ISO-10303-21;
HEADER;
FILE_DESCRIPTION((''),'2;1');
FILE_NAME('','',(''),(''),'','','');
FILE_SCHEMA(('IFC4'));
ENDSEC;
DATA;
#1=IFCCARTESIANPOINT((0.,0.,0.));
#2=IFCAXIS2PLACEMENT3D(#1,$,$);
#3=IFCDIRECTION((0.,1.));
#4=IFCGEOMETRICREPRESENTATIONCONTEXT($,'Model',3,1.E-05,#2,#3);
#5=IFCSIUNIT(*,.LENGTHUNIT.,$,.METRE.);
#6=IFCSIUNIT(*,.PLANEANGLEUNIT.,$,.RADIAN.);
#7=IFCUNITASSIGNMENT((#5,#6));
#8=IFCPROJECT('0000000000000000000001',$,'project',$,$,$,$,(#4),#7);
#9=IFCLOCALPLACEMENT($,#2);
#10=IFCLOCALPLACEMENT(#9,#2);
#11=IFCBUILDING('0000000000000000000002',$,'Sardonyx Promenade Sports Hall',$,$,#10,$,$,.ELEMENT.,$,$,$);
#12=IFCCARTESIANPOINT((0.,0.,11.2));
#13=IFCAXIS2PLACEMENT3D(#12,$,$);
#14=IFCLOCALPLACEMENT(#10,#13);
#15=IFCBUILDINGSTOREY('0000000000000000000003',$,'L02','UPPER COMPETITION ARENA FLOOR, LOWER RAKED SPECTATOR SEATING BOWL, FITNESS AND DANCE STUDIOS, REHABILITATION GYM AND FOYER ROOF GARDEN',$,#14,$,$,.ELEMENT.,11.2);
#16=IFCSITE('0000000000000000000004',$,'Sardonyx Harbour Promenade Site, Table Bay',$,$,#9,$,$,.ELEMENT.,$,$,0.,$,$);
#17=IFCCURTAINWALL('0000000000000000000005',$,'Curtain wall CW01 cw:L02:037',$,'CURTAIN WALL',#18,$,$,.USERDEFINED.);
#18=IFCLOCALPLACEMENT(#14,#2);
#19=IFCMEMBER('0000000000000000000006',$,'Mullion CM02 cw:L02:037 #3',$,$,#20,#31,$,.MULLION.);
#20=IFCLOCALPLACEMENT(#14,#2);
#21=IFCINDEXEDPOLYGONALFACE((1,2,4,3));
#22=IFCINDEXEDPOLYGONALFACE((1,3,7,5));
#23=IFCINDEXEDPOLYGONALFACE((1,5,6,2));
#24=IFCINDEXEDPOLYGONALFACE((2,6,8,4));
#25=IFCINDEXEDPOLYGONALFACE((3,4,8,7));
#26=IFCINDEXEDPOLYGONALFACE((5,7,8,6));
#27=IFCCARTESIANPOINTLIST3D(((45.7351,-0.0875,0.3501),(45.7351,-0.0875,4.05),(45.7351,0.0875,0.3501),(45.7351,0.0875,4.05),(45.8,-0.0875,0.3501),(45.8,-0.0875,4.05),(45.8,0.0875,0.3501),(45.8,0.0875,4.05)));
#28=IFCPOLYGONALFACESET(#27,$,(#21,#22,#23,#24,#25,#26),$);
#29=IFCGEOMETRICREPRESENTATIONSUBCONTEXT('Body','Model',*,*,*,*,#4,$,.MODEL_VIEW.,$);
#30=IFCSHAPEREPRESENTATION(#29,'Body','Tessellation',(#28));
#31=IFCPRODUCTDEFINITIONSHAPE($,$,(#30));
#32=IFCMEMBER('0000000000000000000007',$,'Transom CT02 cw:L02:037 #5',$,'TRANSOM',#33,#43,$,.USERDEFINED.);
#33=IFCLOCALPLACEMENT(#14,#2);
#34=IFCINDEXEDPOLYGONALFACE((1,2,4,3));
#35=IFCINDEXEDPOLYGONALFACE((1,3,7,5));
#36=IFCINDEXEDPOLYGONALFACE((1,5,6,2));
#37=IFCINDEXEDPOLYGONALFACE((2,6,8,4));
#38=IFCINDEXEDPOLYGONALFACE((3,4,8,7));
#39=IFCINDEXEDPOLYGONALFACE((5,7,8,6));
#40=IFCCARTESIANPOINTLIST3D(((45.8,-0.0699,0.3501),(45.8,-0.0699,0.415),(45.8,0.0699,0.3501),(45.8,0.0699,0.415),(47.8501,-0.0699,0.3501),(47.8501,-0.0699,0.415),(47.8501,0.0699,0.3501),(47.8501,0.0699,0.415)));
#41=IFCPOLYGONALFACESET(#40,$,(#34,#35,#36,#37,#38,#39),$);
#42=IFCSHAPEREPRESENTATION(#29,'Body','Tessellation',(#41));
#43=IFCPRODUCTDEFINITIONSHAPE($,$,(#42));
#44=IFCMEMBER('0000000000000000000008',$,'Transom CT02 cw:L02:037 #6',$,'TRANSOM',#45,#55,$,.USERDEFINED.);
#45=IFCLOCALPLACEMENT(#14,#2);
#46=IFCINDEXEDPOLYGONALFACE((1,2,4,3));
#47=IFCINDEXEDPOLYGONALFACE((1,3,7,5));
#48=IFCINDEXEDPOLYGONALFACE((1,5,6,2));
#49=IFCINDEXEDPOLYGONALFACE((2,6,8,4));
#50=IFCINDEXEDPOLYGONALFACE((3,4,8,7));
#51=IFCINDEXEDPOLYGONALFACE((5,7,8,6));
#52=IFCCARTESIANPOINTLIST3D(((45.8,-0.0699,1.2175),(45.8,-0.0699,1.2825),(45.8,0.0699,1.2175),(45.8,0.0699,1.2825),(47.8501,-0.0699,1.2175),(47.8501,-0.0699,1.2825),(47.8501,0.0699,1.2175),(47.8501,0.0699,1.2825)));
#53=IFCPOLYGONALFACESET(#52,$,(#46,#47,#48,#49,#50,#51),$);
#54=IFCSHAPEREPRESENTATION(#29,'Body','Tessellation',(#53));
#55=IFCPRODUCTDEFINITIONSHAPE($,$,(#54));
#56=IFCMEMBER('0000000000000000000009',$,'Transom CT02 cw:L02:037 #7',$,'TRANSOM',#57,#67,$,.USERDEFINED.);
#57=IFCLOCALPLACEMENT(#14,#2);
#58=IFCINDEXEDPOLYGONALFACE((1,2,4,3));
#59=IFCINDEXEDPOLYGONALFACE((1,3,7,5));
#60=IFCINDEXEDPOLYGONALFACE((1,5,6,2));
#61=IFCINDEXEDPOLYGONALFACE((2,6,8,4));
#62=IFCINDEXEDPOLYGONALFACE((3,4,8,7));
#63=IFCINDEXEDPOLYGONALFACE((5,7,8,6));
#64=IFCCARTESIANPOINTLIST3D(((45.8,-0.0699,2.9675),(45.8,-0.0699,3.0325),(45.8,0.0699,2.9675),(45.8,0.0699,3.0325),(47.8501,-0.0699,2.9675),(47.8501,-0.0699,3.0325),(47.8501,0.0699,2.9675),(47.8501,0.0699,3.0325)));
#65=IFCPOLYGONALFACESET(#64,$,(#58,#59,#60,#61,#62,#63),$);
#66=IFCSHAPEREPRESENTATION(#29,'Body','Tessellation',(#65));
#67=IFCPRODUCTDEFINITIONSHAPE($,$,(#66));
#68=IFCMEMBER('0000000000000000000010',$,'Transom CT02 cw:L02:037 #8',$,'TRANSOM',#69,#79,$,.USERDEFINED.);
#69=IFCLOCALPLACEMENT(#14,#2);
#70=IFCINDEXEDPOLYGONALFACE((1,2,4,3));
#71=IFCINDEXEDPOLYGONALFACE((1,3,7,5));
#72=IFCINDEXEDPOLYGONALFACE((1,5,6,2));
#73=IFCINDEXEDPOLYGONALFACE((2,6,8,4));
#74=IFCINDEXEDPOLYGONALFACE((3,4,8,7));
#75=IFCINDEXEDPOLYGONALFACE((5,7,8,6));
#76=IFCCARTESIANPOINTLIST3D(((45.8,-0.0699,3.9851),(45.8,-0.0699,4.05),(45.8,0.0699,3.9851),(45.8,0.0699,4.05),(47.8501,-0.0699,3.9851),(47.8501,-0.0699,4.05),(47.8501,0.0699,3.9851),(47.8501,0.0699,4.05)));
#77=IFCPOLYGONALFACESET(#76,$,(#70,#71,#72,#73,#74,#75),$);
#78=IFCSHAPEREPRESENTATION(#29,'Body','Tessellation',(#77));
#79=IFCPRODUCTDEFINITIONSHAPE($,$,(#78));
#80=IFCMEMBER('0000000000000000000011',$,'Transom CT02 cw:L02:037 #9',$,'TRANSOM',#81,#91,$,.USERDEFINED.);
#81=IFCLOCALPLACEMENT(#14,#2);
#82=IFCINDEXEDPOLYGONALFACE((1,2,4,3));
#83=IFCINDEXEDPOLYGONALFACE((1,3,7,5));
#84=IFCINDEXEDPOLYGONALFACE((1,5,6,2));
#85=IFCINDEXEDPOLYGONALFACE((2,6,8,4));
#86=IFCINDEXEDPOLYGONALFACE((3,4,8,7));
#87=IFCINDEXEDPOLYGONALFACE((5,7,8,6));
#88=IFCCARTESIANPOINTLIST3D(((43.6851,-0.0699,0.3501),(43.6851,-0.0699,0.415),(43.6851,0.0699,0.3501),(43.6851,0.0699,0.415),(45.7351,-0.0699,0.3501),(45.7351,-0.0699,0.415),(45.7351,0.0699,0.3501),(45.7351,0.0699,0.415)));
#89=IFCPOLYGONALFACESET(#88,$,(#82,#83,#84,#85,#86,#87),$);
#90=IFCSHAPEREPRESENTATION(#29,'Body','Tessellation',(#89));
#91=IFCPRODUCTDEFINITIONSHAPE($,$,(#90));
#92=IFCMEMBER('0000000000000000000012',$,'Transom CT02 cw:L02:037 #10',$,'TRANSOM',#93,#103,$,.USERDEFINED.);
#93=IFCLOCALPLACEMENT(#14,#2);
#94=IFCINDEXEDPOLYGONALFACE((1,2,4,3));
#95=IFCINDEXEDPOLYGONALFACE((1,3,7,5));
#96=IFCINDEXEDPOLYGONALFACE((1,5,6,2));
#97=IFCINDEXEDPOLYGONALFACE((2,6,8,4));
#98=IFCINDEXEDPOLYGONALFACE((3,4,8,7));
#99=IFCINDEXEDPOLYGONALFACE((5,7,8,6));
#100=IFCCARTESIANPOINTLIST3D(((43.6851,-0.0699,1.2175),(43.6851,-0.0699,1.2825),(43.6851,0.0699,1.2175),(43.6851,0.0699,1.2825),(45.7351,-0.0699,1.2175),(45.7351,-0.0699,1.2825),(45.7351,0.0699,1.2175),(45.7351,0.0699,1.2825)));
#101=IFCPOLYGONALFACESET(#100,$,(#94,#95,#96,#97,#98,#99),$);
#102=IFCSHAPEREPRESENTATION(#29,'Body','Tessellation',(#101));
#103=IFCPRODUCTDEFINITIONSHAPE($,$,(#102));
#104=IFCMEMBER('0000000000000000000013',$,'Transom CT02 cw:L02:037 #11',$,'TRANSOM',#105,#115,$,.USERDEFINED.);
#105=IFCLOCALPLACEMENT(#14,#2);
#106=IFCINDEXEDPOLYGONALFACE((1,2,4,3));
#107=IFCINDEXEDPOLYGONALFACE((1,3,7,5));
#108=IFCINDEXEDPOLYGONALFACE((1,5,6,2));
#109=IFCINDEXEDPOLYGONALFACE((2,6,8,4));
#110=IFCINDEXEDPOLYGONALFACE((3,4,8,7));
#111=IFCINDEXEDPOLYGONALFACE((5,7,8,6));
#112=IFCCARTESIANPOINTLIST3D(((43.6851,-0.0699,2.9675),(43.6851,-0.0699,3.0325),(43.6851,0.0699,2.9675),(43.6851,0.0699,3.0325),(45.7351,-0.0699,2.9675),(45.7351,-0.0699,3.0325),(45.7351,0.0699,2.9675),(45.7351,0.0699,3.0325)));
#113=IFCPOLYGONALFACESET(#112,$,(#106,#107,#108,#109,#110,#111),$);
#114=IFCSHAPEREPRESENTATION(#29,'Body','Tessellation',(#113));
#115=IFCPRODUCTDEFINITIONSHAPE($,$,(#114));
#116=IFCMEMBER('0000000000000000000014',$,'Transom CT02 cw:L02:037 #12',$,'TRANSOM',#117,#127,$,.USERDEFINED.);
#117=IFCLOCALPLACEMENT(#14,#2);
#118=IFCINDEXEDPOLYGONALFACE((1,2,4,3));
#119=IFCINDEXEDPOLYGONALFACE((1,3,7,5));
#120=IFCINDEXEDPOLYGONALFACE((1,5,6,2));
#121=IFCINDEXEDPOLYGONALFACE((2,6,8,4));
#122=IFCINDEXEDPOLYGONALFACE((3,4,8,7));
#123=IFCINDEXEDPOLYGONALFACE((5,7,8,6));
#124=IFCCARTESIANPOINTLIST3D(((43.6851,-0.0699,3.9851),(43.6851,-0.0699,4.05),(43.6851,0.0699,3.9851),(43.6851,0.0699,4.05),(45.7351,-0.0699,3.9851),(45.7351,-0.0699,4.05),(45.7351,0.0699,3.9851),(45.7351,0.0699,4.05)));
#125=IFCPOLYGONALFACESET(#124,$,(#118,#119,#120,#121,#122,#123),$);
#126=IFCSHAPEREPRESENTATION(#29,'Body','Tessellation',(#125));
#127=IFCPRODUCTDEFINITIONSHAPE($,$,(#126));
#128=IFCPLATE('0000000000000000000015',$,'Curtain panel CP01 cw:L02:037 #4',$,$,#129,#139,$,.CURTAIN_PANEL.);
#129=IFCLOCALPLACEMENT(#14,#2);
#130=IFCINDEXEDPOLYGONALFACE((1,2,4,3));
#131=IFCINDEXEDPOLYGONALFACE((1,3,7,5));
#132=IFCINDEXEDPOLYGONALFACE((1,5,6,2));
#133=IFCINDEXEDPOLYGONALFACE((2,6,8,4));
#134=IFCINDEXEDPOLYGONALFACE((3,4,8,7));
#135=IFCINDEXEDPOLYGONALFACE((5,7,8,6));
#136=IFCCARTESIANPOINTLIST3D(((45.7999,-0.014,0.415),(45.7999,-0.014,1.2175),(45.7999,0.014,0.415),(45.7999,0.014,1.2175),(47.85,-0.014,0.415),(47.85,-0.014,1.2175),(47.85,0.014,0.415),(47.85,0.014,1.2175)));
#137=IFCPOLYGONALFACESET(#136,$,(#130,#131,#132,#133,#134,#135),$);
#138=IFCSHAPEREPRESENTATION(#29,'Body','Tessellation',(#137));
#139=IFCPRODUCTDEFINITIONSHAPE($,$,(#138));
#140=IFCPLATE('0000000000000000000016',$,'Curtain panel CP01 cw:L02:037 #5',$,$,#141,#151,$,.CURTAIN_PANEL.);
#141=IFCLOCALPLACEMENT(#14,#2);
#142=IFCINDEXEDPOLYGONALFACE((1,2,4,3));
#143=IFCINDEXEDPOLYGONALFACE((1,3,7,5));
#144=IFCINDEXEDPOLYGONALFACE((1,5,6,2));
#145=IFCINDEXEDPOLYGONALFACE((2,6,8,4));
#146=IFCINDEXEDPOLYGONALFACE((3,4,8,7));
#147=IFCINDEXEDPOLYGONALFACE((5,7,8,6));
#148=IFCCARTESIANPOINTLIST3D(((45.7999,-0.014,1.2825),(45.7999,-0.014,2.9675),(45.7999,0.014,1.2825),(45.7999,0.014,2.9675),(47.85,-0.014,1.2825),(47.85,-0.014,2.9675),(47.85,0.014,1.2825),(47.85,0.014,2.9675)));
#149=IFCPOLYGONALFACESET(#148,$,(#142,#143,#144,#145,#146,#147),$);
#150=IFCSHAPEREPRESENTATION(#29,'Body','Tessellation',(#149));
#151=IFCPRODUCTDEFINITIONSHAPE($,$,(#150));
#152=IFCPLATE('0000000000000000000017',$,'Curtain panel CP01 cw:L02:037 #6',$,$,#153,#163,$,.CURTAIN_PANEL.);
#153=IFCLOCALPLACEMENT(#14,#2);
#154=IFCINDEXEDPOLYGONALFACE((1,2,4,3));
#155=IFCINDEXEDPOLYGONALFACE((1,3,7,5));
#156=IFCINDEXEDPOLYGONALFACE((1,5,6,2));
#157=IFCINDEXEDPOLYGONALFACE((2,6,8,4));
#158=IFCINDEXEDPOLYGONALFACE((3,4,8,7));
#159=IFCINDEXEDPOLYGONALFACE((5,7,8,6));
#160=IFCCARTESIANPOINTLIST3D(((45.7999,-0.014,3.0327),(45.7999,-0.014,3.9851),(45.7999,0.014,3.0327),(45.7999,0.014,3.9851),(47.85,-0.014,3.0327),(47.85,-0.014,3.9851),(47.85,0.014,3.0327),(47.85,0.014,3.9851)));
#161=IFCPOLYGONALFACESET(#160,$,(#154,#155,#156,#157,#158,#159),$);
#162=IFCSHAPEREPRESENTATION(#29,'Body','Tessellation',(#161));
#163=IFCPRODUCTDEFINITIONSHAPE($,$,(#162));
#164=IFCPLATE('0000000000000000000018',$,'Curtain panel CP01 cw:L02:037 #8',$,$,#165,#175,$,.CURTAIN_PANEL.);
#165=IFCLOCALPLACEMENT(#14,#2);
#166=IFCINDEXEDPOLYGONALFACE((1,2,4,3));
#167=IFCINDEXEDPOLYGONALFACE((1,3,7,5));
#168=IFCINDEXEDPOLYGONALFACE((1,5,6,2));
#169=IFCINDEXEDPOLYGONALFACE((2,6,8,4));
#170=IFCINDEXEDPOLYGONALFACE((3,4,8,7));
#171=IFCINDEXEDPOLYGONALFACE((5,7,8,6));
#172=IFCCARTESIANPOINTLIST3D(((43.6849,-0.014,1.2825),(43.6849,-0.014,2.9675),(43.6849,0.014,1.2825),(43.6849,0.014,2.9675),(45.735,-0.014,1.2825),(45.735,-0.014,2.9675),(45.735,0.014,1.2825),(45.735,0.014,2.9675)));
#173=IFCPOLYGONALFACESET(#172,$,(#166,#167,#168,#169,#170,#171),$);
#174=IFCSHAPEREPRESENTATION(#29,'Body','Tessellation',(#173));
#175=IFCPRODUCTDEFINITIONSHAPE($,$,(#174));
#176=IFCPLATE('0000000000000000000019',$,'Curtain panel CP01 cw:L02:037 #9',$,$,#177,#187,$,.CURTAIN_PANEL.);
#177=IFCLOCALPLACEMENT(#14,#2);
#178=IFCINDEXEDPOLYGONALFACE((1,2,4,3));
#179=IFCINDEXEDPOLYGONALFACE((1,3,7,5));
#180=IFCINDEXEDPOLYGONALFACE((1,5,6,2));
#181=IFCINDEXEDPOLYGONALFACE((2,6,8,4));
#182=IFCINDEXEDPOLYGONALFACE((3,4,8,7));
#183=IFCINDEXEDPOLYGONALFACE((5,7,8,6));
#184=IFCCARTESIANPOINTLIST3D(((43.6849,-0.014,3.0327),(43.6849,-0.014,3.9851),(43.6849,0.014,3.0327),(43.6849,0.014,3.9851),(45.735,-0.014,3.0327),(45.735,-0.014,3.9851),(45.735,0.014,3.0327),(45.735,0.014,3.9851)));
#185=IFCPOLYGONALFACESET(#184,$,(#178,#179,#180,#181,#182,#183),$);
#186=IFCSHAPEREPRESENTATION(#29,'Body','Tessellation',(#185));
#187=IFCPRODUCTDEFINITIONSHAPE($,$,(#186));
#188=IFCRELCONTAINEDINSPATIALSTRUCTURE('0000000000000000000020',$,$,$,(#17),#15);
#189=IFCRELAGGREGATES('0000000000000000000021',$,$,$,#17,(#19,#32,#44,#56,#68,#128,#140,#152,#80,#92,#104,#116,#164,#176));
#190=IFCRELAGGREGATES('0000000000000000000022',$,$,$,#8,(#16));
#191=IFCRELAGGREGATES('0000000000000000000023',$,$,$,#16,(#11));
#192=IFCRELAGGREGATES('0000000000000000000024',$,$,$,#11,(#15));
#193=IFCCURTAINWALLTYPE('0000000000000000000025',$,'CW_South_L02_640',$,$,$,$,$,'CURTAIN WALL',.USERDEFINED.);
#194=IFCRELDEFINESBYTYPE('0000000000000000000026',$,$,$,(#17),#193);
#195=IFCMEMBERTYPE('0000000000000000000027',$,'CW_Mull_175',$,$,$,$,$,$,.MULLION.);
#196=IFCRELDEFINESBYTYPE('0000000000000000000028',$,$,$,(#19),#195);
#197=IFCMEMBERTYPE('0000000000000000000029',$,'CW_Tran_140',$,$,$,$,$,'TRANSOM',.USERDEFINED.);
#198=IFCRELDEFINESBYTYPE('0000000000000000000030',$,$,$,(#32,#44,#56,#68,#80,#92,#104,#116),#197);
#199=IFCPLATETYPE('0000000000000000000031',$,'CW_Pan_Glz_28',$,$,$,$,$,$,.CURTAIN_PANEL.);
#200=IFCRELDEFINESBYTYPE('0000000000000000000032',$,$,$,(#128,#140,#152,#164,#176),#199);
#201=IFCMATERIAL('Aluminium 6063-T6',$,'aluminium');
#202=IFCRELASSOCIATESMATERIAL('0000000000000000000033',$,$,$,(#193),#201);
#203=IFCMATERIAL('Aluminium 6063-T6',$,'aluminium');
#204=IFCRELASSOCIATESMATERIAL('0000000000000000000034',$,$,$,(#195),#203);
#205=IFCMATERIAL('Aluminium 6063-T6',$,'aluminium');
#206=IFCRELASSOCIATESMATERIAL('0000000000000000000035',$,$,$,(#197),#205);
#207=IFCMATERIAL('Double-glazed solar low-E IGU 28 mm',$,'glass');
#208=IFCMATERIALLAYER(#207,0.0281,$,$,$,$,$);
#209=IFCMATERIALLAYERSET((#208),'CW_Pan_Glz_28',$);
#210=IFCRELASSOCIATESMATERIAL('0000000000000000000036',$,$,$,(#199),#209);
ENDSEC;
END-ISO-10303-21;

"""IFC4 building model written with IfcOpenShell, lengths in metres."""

from ifc_helpers import new_model, si_unit, direction, frame, origin, origin_2d, place, context, subcontext, project, spatial, rectangle, extrude, material, layer, layer_set, material_profile, profile_set, type_object, element, aggregate, save


model = new_model("IFC4")

# Units and contexts
model_context = context("Model", 3, precision=1e-05, world=origin(), true_north=direction((0.0, 1.0)))
body_context = subcontext(model_context, "Body", "Model", "MODEL_VIEW")
ifc_project = project(units=[si_unit("LENGTHUNIT", "METRE"), si_unit("PLANEANGLEUNIT", "RADIAN")], contexts=[model_context])

# Site, building, storey
site_placement = place(None, origin())
site = spatial("IfcSite", under=ifc_project, at=site_placement, Name="Sardonyx Harbour Promenade Site, Table Bay", CompositionType="ELEMENT", RefElevation=0.0)
building_placement = place(site_placement, origin())
building = spatial("IfcBuilding", under=site, at=building_placement, Name="Sardonyx Promenade Sports Hall", CompositionType="ELEMENT")
storey_placement = place(building_placement, frame((0.0, 0.0, 11.2)))
storey = spatial("IfcBuildingStorey", under=building, at=storey_placement, Name="L02", Description="UPPER COMPETITION ARENA FLOOR, LOWER RAKED SPECTATOR SEATING BOWL, FITNESS AND DANCE STUDIOS, REHABILITATION GYM AND FOYER ROOF GARDEN", CompositionType="ELEMENT", Elevation=11.2)

# Curtain wall, members, plates
ifc_material_1 = material(Name="Aluminium 6063-T6", Category="aluminium")
curtain_wall_type = type_object("IfcCurtainWallType", Name="CW_South_L02_640", ElementType="CURTAIN WALL", PredefinedType="USERDEFINED", material=ifc_material_1)
curtain_wall_placement = place(storey_placement, origin())
curtain_wall = element("IfcCurtainWall", 1, at=curtain_wall_placement, inside=storey, type_object=curtain_wall_type, Name="Curtain wall CW01 cw:L02:037", ObjectType="CURTAIN WALL", PredefinedType="USERDEFINED")
ifc_material_2 = material(Name="Aluminium 6063-T6", Category="aluminium")
ifc_material_profile_1 = material_profile(ifc_material_2, rectangle(XDim=0.0649, YDim=0.175, at=origin_2d()))
ifc_profile_set_1 = profile_set([ifc_material_profile_1], Name="Aluminium 6063-T6")
member_type_1 = type_object("IfcMemberType", Name="CW_Mull_175", PredefinedType="MULLION", material=ifc_profile_set_1)
member_1_placement = place(storey_placement, frame((45.7676, 0.0, 0.3501), z_axis=(0.0, 0.0, 1.0), x_axis=(-1.0, 0.0, 0.0)))
member_1 = element("IfcMember", 2, at=member_1_placement, type_object=member_type_1, Name="Mullion CM02 cw:L02:037 #3", PredefinedType="MULLION", context=body_context, shape_type="SweptSolid", body=[
    extrude(rectangle(XDim=0.0649, YDim=0.175, at=origin_2d()), origin(), (0.0, 0.0, 1.0), 3.7),
])
ifc_material_3 = material(Name="Aluminium 6063-T6", Category="aluminium")
ifc_material_profile_2 = material_profile(ifc_material_3, rectangle(XDim=0.0649, YDim=0.1399, at=origin_2d()))
ifc_profile_set_2 = profile_set([ifc_material_profile_2], Name="Aluminium 6063-T6")
member_type_2 = type_object("IfcMemberType", Name="CW_Tran_140", ElementType="TRANSOM", PredefinedType="USERDEFINED", material=ifc_profile_set_2)
member_2_placement = place(storey_placement, frame((47.8501, 0.0, 0.3826), z_axis=(-1.0, 0.0, 0.0), x_axis=(0.0, 0.0, 1.0)))
member_2 = element("IfcMember", 3, at=member_2_placement, type_object=member_type_2, Name="Transom CT02 cw:L02:037 #5", ObjectType="TRANSOM", PredefinedType="USERDEFINED", context=body_context, shape_type="SweptSolid", body=[
    extrude(rectangle(XDim=0.0649, YDim=0.1399, at=origin_2d()), origin(), (0.0, 0.0, 1.0), 2.05),
])
member_3_placement = place(storey_placement, frame((47.8501, 0.0, 1.25), z_axis=(-1.0, 0.0, 0.0), x_axis=(0.0, 0.0, 1.0)))
member_3 = element("IfcMember", 4, at=member_3_placement, type_object=member_type_2, Name="Transom CT02 cw:L02:037 #6", ObjectType="TRANSOM", PredefinedType="USERDEFINED", context=body_context, shape_type="SweptSolid", body=[
    extrude(rectangle(XDim=0.0649, YDim=0.1399, at=origin_2d()), origin(), (0.0, 0.0, 1.0), 2.05),
])
member_4_placement = place(storey_placement, frame((47.8501, 0.0, 3.0), z_axis=(-1.0, 0.0, 0.0), x_axis=(0.0, 0.0, 1.0)))
member_4 = element("IfcMember", 5, at=member_4_placement, type_object=member_type_2, Name="Transom CT02 cw:L02:037 #7", ObjectType="TRANSOM", PredefinedType="USERDEFINED", context=body_context, shape_type="SweptSolid", body=[
    extrude(rectangle(XDim=0.0649, YDim=0.1399, at=origin_2d()), origin(), (0.0, 0.0, 1.0), 2.05),
])
member_5_placement = place(storey_placement, frame((47.8501, 0.0, 4.0176), z_axis=(-1.0, 0.0, 0.0), x_axis=(0.0, 0.0, 1.0)))
member_5 = element("IfcMember", 6, at=member_5_placement, type_object=member_type_2, Name="Transom CT02 cw:L02:037 #8", ObjectType="TRANSOM", PredefinedType="USERDEFINED", context=body_context, shape_type="SweptSolid", body=[
    extrude(rectangle(XDim=0.0649, YDim=0.1399, at=origin_2d()), origin(), (0.0, 0.0, 1.0), 2.05),
])
member_6_placement = place(storey_placement, frame((45.7351, 0.0, 0.3826), z_axis=(-1.0, 0.0, 0.0), x_axis=(0.0, 0.0, 1.0)))
member_6 = element("IfcMember", 7, at=member_6_placement, type_object=member_type_2, Name="Transom CT02 cw:L02:037 #9", ObjectType="TRANSOM", PredefinedType="USERDEFINED", context=body_context, shape_type="SweptSolid", body=[
    extrude(rectangle(XDim=0.0649, YDim=0.1399, at=origin_2d()), origin(), (0.0, 0.0, 1.0), 2.05),
])
member_7_placement = place(storey_placement, frame((45.7351, 0.0, 1.25), z_axis=(-1.0, 0.0, 0.0), x_axis=(0.0, 0.0, 1.0)))
member_7 = element("IfcMember", 8, at=member_7_placement, type_object=member_type_2, Name="Transom CT02 cw:L02:037 #10", ObjectType="TRANSOM", PredefinedType="USERDEFINED", context=body_context, shape_type="SweptSolid", body=[
    extrude(rectangle(XDim=0.0649, YDim=0.1399, at=origin_2d()), origin(), (0.0, 0.0, 1.0), 2.05),
])
member_8_placement = place(storey_placement, frame((45.7351, 0.0, 3.0), z_axis=(-1.0, 0.0, 0.0), x_axis=(0.0, 0.0, 1.0)))
member_8 = element("IfcMember", 9, at=member_8_placement, type_object=member_type_2, Name="Transom CT02 cw:L02:037 #11", ObjectType="TRANSOM", PredefinedType="USERDEFINED", context=body_context, shape_type="SweptSolid", body=[
    extrude(rectangle(XDim=0.0649, YDim=0.1399, at=origin_2d()), origin(), (0.0, 0.0, 1.0), 2.05),
])
member_9_placement = place(storey_placement, frame((45.7351, 0.0, 4.0176), z_axis=(-1.0, 0.0, 0.0), x_axis=(0.0, 0.0, 1.0)))
member_9 = element("IfcMember", 10, at=member_9_placement, type_object=member_type_2, Name="Transom CT02 cw:L02:037 #12", ObjectType="TRANSOM", PredefinedType="USERDEFINED", context=body_context, shape_type="SweptSolid", body=[
    extrude(rectangle(XDim=0.0649, YDim=0.1399, at=origin_2d()), origin(), (0.0, 0.0, 1.0), 2.05),
])
ifc_material_4 = material(Name="Double-glazed solar low-E IGU 28 mm", Category="glass")
ifc_layer_1 = layer(ifc_material_4, 0.0281)
ifc_layer_set_1 = layer_set([ifc_layer_1], Name="CW_Pan_Glz_28")
plate_type = type_object("IfcPlateType", Name="CW_Pan_Glz_28", PredefinedType="CURTAIN_PANEL", material=ifc_layer_set_1)
plate_1_placement = place(storey_placement, frame((46.825, 0.0, 0.415), z_axis=(0.0, 0.0, 1.0), x_axis=(-1.0, 0.0, 0.0)))
plate_1 = element("IfcPlate", 11, at=plate_1_placement, type_object=plate_type, Name="Curtain panel CP01 cw:L02:037 #4", PredefinedType="CURTAIN_PANEL", context=body_context, shape_type="SweptSolid", body=[
    extrude(rectangle(XDim=2.05, YDim=0.0281, at=origin_2d()), origin(), (0.0, 0.0, 1.0), 0.8025),
])
plate_2_placement = place(storey_placement, frame((46.825, 0.0, 1.2825), z_axis=(0.0, 0.0, 1.0), x_axis=(-1.0, 0.0, 0.0)))
plate_2 = element("IfcPlate", 12, at=plate_2_placement, type_object=plate_type, Name="Curtain panel CP01 cw:L02:037 #5", PredefinedType="CURTAIN_PANEL", context=body_context, shape_type="SweptSolid", body=[
    extrude(rectangle(XDim=2.05, YDim=0.0281, at=origin_2d()), origin(), (0.0, 0.0, 1.0), 1.6851),
])
plate_3_placement = place(storey_placement, frame((46.825, 0.0, 3.0327), z_axis=(0.0, 0.0, 1.0), x_axis=(-1.0, 0.0, 0.0)))
plate_3 = element("IfcPlate", 13, at=plate_3_placement, type_object=plate_type, Name="Curtain panel CP01 cw:L02:037 #6", PredefinedType="CURTAIN_PANEL", context=body_context, shape_type="SweptSolid", body=[
    extrude(rectangle(XDim=2.05, YDim=0.0281, at=origin_2d()), origin(), (0.0, 0.0, 1.0), 0.9524),
])
plate_4_placement = place(storey_placement, frame((44.71, 0.0, 1.2825), z_axis=(0.0, 0.0, 1.0), x_axis=(-1.0, 0.0, 0.0)))
plate_4 = element("IfcPlate", 14, at=plate_4_placement, type_object=plate_type, Name="Curtain panel CP01 cw:L02:037 #8", PredefinedType="CURTAIN_PANEL", context=body_context, shape_type="SweptSolid", body=[
    extrude(rectangle(XDim=2.05, YDim=0.0281, at=origin_2d()), origin(), (0.0, 0.0, 1.0), 1.6851),
])
plate_5_placement = place(storey_placement, frame((44.71, 0.0, 3.0327), z_axis=(0.0, 0.0, 1.0), x_axis=(-1.0, 0.0, 0.0)))
plate_5 = element("IfcPlate", 15, at=plate_5_placement, type_object=plate_type, Name="Curtain panel CP01 cw:L02:037 #9", PredefinedType="CURTAIN_PANEL", context=body_context, shape_type="SweptSolid", body=[
    extrude(rectangle(XDim=2.05, YDim=0.0281, at=origin_2d()), origin(), (0.0, 0.0, 1.0), 0.9524),
])
aggregate(curtain_wall, [member_1, member_2, member_3, member_4, member_5, plate_1, plate_2, plate_3, member_6, member_7, member_8, member_9, plate_4, plate_5])

save(model, "model.ifc")
